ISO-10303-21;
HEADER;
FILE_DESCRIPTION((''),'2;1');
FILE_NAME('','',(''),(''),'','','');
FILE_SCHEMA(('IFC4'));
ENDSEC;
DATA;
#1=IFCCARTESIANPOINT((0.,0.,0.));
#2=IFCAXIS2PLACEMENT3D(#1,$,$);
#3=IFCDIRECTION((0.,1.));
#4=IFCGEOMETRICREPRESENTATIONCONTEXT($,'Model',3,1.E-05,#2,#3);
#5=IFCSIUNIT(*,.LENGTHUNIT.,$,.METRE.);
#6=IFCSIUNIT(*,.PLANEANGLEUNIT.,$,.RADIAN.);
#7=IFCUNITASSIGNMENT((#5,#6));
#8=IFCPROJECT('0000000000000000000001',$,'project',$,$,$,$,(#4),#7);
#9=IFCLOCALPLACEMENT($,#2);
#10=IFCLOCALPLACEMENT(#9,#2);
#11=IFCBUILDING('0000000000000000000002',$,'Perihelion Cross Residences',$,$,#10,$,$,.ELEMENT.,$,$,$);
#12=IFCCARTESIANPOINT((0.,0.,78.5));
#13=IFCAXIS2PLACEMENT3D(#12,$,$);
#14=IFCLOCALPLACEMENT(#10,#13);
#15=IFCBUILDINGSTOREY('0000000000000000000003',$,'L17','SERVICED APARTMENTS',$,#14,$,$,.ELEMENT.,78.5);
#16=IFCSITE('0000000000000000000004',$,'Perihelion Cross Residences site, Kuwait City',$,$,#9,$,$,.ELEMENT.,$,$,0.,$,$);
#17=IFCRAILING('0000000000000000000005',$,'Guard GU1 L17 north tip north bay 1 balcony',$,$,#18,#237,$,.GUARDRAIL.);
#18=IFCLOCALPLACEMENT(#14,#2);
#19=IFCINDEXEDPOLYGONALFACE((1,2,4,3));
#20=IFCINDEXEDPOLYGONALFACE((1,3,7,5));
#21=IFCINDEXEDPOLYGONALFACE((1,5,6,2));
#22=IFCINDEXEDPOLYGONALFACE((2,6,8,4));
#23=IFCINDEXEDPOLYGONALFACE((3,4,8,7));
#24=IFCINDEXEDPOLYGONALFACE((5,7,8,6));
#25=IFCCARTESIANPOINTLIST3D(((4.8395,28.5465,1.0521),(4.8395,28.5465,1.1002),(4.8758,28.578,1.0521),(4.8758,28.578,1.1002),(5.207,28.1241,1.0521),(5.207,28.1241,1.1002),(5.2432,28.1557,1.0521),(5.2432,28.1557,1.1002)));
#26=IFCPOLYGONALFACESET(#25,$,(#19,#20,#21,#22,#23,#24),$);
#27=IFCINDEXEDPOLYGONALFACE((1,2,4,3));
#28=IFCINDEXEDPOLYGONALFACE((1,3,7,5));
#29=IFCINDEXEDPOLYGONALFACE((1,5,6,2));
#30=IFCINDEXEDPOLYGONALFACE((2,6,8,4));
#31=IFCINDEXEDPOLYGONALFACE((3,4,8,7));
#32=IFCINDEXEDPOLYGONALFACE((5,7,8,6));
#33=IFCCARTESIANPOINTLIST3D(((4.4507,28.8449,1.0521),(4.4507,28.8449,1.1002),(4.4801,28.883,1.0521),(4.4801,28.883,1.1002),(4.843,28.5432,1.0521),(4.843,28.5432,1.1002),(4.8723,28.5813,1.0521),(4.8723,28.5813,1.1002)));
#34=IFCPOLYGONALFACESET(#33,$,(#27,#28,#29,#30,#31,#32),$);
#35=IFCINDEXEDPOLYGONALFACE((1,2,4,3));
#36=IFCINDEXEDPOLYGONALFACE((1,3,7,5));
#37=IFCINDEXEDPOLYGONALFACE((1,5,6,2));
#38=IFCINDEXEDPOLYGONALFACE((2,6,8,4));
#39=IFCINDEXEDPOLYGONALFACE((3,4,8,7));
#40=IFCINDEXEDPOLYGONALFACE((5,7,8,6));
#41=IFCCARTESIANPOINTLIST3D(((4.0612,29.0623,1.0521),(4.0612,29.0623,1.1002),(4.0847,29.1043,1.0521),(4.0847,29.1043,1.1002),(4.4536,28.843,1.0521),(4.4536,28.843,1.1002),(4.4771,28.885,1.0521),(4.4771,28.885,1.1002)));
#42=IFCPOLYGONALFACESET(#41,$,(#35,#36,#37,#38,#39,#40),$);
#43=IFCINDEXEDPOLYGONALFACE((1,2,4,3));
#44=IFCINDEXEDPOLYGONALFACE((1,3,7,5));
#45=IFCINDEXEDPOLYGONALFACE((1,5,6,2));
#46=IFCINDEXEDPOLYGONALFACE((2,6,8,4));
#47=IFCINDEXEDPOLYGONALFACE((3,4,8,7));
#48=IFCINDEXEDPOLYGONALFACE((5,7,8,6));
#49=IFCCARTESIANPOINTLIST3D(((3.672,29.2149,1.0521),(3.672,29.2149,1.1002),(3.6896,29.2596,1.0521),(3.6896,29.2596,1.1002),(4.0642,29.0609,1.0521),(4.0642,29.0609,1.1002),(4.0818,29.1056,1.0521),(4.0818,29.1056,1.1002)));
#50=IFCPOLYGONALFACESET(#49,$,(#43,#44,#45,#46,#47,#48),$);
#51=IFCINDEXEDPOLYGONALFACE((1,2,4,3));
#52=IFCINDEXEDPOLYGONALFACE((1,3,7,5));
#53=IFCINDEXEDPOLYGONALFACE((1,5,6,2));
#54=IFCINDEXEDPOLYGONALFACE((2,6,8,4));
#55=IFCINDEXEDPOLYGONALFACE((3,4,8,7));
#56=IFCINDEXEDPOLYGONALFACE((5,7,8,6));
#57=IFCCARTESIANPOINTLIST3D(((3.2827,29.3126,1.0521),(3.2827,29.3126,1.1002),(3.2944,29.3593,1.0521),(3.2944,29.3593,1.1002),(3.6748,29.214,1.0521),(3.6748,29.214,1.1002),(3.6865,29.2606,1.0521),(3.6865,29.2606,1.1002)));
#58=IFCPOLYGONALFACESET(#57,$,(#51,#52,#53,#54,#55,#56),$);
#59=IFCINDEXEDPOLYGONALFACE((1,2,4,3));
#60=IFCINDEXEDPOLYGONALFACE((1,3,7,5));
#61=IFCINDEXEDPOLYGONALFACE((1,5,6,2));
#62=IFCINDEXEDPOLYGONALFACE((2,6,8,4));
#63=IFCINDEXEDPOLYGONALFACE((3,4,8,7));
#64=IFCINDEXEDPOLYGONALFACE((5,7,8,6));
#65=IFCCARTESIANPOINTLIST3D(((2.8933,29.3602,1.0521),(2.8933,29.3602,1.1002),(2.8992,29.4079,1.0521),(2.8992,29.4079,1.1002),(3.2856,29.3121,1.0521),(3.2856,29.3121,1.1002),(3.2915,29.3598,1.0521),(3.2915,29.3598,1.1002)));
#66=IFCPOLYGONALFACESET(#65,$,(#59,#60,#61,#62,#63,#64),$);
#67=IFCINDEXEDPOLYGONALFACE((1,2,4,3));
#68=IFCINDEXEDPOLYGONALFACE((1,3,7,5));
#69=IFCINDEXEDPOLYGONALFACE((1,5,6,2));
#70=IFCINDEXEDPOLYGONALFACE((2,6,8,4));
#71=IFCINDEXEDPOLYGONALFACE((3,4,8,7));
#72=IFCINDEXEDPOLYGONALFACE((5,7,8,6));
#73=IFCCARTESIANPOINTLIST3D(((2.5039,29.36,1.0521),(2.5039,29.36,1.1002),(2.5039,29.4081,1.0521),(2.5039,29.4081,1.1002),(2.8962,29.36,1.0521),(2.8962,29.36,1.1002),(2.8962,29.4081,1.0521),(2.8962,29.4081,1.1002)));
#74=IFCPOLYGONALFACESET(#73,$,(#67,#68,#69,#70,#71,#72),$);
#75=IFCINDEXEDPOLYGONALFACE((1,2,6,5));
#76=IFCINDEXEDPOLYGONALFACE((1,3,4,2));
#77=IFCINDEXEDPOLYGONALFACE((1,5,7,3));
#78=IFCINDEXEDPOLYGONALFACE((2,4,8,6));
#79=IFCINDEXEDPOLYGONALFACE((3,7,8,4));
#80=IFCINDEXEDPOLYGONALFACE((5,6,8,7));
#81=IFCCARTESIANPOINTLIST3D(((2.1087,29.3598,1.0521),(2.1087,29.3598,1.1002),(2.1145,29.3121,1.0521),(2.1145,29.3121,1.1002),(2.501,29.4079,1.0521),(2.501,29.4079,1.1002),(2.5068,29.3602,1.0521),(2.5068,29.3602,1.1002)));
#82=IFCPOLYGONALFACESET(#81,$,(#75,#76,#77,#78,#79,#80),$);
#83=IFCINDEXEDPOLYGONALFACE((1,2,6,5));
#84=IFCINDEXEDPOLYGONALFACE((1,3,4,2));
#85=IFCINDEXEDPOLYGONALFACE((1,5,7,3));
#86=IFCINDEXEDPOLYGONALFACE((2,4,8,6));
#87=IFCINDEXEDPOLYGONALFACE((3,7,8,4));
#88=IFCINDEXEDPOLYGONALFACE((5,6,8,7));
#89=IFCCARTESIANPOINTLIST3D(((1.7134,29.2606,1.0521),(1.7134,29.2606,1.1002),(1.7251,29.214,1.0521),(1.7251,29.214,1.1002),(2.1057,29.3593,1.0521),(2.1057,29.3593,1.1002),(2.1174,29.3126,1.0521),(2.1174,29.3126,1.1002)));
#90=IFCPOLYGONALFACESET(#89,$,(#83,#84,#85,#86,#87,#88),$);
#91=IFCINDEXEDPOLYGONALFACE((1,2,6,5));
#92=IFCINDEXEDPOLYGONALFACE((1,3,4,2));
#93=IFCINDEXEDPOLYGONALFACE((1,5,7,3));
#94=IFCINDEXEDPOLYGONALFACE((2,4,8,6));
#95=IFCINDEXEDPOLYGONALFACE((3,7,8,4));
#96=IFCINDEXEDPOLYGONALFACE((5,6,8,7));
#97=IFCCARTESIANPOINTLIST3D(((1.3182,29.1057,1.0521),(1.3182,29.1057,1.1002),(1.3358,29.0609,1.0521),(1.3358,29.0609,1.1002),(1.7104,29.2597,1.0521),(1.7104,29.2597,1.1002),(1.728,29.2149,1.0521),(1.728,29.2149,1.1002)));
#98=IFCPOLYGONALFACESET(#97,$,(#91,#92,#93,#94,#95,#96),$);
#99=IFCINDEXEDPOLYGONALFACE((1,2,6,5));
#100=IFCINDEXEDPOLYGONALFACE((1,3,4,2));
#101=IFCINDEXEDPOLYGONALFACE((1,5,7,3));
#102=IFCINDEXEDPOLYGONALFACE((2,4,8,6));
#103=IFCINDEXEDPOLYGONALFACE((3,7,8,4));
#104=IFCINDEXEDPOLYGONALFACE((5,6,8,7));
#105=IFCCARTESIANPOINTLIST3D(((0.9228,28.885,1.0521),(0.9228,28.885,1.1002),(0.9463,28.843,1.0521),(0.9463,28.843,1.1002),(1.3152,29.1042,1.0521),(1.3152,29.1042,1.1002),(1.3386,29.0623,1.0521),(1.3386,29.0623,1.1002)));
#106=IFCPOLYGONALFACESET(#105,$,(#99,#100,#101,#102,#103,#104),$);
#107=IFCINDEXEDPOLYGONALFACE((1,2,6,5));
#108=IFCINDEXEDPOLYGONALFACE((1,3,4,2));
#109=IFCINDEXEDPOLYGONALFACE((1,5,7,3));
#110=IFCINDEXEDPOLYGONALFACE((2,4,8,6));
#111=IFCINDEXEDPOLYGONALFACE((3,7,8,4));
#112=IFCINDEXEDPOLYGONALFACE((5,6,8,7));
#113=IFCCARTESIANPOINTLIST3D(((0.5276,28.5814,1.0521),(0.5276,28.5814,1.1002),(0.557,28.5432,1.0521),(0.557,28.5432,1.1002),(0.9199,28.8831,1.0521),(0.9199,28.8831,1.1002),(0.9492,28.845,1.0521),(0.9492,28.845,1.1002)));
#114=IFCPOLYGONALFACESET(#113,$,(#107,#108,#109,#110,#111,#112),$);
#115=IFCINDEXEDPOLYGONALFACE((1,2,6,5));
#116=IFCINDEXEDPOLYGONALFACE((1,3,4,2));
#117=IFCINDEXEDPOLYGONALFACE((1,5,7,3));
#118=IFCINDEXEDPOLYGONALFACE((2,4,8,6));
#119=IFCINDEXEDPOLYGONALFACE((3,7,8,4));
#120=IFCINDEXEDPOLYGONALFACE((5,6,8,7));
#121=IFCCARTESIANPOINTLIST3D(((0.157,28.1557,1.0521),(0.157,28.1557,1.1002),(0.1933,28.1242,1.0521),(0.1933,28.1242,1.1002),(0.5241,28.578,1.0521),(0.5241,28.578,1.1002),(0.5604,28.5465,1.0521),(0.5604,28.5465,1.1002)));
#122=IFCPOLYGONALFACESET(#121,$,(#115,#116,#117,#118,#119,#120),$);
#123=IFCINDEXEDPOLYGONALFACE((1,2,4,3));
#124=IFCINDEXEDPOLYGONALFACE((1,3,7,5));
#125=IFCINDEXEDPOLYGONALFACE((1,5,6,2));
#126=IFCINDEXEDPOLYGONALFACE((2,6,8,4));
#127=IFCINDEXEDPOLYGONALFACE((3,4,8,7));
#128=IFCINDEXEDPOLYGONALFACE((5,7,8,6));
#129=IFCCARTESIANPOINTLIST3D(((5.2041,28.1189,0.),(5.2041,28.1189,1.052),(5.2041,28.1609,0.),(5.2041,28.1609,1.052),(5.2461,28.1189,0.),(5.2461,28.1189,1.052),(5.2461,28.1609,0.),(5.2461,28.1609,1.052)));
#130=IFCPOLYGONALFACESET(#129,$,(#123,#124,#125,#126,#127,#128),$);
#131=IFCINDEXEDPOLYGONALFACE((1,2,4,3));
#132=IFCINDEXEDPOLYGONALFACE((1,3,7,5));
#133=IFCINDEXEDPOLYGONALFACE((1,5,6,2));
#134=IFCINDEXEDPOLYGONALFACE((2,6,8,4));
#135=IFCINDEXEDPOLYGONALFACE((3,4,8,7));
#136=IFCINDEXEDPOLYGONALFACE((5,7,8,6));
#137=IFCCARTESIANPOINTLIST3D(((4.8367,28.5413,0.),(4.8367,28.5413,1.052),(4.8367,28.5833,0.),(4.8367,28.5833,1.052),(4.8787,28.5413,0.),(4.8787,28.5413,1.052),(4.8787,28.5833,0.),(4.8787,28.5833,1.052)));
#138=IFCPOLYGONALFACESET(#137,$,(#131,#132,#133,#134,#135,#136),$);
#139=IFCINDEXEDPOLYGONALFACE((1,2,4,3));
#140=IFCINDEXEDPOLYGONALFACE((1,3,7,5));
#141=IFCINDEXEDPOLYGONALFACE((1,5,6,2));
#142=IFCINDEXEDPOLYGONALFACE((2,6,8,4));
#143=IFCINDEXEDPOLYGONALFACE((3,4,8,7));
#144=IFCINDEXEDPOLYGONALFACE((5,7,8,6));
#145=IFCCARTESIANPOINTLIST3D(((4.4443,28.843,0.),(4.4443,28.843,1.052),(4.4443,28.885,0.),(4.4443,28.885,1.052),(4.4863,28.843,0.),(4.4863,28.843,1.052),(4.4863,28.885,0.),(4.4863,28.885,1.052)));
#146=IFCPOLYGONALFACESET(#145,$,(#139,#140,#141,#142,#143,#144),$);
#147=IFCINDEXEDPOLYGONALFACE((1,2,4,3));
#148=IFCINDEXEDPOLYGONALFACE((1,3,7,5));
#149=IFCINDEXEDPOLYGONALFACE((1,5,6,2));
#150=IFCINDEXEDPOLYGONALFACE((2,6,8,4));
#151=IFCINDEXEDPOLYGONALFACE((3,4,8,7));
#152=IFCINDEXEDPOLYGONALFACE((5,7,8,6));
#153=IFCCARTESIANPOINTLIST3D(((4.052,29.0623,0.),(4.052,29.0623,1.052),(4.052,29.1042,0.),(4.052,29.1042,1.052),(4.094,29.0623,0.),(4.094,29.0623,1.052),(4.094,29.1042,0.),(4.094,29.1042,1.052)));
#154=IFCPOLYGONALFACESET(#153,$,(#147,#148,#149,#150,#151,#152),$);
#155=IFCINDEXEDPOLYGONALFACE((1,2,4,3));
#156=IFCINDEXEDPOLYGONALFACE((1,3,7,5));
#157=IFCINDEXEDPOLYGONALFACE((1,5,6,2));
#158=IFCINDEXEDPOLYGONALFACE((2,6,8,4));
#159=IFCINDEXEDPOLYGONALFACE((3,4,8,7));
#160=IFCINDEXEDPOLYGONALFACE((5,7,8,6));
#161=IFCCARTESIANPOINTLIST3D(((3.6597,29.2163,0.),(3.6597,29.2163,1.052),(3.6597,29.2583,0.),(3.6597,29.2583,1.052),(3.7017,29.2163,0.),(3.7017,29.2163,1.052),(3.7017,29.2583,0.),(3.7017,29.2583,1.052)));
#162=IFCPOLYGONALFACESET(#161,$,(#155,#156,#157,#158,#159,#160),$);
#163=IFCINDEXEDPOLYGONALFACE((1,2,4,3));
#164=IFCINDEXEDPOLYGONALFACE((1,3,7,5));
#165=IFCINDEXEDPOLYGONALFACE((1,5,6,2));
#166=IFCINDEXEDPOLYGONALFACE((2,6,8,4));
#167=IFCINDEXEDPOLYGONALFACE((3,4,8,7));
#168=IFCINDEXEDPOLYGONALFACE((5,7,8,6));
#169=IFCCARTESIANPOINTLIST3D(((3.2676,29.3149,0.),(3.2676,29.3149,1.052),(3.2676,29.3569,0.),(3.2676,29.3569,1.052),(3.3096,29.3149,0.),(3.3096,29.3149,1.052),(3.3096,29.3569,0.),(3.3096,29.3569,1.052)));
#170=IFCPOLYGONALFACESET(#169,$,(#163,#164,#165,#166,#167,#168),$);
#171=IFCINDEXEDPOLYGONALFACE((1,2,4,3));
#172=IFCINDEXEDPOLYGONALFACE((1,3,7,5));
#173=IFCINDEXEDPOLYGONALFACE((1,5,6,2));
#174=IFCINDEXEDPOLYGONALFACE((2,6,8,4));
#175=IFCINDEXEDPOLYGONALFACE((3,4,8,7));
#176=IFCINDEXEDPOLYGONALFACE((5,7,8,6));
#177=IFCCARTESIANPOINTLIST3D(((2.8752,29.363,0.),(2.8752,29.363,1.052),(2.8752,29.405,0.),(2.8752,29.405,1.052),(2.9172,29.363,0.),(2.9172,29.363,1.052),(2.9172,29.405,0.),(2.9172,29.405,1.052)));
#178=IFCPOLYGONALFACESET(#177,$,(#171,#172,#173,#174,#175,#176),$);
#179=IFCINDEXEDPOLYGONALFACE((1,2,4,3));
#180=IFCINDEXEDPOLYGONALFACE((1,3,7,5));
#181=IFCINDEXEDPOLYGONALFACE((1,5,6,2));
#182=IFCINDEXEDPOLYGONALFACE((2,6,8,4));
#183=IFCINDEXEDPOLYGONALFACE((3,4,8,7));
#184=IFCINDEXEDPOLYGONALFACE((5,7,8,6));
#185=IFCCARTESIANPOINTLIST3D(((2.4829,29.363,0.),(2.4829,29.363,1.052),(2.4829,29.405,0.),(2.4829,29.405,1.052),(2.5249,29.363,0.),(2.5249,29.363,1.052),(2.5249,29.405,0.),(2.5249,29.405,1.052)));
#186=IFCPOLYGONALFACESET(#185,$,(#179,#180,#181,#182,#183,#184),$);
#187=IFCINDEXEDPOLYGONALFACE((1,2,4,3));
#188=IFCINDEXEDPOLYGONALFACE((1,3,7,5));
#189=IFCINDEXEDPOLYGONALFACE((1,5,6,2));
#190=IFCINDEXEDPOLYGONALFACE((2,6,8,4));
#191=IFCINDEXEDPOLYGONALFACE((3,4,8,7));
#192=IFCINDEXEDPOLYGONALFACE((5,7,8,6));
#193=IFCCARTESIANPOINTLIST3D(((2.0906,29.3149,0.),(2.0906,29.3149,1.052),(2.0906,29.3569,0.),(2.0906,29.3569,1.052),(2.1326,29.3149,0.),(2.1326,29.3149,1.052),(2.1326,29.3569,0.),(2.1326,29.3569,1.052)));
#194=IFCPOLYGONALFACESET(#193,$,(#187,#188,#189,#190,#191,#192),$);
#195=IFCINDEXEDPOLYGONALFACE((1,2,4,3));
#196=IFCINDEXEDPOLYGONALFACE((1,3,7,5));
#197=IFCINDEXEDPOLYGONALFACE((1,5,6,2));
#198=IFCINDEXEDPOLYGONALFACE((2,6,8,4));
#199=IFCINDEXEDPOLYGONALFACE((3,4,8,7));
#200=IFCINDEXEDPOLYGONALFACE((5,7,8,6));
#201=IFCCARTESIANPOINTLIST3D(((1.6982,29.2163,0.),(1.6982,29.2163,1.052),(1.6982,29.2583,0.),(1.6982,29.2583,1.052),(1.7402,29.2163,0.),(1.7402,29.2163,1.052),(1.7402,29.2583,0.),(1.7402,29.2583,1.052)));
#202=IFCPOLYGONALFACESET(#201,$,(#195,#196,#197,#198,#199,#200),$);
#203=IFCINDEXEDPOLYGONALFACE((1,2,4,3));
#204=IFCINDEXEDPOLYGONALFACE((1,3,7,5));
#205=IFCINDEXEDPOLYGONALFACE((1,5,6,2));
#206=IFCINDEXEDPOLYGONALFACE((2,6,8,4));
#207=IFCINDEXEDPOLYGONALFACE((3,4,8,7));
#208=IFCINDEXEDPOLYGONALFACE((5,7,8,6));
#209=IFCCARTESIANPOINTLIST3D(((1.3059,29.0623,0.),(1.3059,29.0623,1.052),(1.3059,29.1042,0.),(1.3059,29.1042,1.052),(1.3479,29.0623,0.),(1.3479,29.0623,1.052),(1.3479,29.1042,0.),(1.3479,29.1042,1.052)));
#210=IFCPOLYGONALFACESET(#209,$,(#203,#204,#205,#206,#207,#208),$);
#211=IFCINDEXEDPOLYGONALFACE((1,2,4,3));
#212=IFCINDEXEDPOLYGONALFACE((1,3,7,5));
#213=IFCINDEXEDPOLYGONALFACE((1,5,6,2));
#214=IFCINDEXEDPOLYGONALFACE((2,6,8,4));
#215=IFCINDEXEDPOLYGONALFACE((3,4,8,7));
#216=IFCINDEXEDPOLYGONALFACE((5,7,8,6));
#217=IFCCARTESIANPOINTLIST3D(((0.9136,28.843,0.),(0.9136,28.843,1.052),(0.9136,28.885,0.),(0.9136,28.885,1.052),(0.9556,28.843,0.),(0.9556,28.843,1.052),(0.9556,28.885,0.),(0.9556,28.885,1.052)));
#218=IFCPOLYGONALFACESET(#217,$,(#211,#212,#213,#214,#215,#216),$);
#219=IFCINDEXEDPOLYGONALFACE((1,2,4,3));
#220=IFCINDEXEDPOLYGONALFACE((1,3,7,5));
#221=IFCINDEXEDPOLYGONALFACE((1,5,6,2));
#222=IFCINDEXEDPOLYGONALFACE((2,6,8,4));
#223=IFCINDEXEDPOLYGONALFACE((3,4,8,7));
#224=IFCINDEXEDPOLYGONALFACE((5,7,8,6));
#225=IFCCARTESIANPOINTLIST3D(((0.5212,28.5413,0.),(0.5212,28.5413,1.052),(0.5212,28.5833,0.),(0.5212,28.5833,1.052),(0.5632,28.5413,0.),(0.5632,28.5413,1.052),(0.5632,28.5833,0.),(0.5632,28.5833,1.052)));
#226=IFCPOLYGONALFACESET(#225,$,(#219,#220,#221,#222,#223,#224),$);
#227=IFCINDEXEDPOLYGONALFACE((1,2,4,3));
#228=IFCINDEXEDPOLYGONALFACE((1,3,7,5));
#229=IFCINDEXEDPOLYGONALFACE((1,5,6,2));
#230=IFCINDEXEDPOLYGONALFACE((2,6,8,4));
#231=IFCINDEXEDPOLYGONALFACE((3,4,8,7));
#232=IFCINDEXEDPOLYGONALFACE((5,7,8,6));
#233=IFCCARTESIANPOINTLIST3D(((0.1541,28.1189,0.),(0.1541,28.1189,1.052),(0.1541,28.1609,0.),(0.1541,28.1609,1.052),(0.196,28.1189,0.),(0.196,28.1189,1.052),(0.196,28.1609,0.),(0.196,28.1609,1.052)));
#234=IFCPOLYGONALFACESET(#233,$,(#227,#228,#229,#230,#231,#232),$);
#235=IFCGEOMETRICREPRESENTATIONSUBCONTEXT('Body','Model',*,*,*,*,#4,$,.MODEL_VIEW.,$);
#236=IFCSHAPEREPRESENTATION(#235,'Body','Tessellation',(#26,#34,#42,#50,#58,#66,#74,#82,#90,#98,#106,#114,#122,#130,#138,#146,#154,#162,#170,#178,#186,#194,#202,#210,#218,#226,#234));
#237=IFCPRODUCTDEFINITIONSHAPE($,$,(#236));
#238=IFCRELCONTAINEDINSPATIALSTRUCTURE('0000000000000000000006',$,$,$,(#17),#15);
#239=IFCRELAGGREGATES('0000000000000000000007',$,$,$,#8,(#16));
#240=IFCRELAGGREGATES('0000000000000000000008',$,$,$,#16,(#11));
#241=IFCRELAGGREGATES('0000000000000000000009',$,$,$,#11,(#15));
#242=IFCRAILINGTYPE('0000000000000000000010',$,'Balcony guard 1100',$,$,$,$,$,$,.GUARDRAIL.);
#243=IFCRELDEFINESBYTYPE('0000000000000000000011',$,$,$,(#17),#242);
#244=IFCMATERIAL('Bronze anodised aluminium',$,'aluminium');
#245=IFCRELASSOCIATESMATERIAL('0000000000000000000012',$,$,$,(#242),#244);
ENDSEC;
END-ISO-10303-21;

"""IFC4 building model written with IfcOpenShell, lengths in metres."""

from ifc_helpers import new_model, si_unit, direction, frame, origin, origin_2d, place, context, subcontext, project, spatial, rectangle, extrude, material, type_object, element, save


model = new_model("IFC4")

# Units and contexts
model_context = context("Model", 3, precision=1e-05, world=origin(), true_north=direction((0.0, 1.0)))
body_context = subcontext(model_context, "Body", "Model", "MODEL_VIEW")
ifc_project = project(units=[si_unit("LENGTHUNIT", "METRE"), si_unit("PLANEANGLEUNIT", "RADIAN")], contexts=[model_context])

# Site, building, storey
site_placement = place(None, origin())
site = spatial("IfcSite", under=ifc_project, at=site_placement, Name="Perihelion Cross Residences site, Kuwait City", CompositionType="ELEMENT", RefElevation=0.0)
building_placement = place(site_placement, origin())
building = spatial("IfcBuilding", under=site, at=building_placement, Name="Perihelion Cross Residences", CompositionType="ELEMENT")
storey_placement = place(building_placement, frame((0.0, 0.0, 78.5)))
storey = spatial("IfcBuildingStorey", under=building, at=storey_placement, Name="L17", Description="SERVICED APARTMENTS", CompositionType="ELEMENT", Elevation=78.5)

# Railing
ifc_material_1 = material(Name="Bronze anodised aluminium", Category="aluminium")
railing_type = type_object("IfcRailingType", Name="Balcony guard 1100", PredefinedType="GUARDRAIL", material=ifc_material_1)
railing_placement = place(storey_placement, frame((5.2251, 28.1399, 0.0)))
element("IfcRailing", 1, at=railing_placement, inside=storey, type_object=railing_type, Name="Guard GU1 L17 north tip north bay 1 balcony", PredefinedType="GUARDRAIL", context=body_context, shape_type="SweptSolid", body=[
    extrude(rectangle(XDim=0.0481, YDim=0.0481, at=origin_2d()), frame((0.0, 0.0, 1.0762), z_axis=(-0.656341, 0.754465, 0.0), x_axis=(-0.754465, -0.656341, 0.0)), (0.0, 0.0, 1.0), 0.5598),
    extrude(rectangle(XDim=0.0481, YDim=0.0481, at=origin_2d()), frame((-0.3674, 0.4224, 1.0762), z_axis=(-0.792661, 0.609663, 0.0), x_axis=(-0.609663, -0.792661, 0.0)), (0.0, 0.0, 1.0), 0.4949),
    extrude(rectangle(XDim=0.0481, YDim=0.0481, at=origin_2d()), frame((-0.7598, 0.7241, 1.0762), z_axis=(-0.87295, 0.487809, 0.0), x_axis=(-0.487809, -0.87295, 0.0)), (0.0, 0.0, 1.0), 0.4495),
    extrude(rectangle(XDim=0.0481, YDim=0.0481, at=origin_2d()), frame((-1.1521, 0.9434, 1.0762), z_axis=(-0.930815, 0.365491, 0.0), x_axis=(-0.365491, -0.930815, 0.0)), (0.0, 0.0, 1.0), 0.4214),
    extrude(rectangle(XDim=0.0481, YDim=0.0481, at=origin_2d()), frame((-1.5444, 1.0974, 1.0762), z_axis=(-0.969786, 0.243956, 0.0), x_axis=(-0.243956, -0.969786, 0.0)), (0.0, 0.0, 1.0), 0.4043),
    extrude(rectangle(XDim=0.0481, YDim=0.0481, at=origin_2d()), frame((-1.9365, 1.196, 1.0762), z_axis=(-0.99257, 0.121678, 0.0), x_axis=(-0.121678, -0.99257, 0.0)), (0.0, 0.0, 1.0), 0.3953),
    extrude(rectangle(XDim=0.0481, YDim=0.0481, at=origin_2d()), frame((-2.3289, 1.2441, 1.0762), z_axis=(-1.0, 0.0, 0.0), x_axis=(0.0, -1.0, 0.0)), (0.0, 0.0, 1.0), 0.3923),
    extrude(rectangle(XDim=0.0481, YDim=0.0481, at=origin_2d()), frame((-2.7212, 1.2441, 1.0762), z_axis=(-0.99257, -0.121678, 0.0), x_axis=(0.121678, -0.99257, 0.0)), (0.0, 0.0, 1.0), 0.3953),
    extrude(rectangle(XDim=0.0481, YDim=0.0481, at=origin_2d()), frame((-3.1135, 1.196, 1.0762), z_axis=(-0.969822, -0.243813, 0.0), x_axis=(0.243813, -0.969822, 0.0)), (0.0, 0.0, 1.0), 0.4045),
    extrude(rectangle(XDim=0.0481, YDim=0.0481, at=origin_2d()), frame((-3.5059, 1.0974, 1.0762), z_axis=(-0.930815, -0.365491, 0.0), x_axis=(0.365491, -0.930815, 0.0)), (0.0, 0.0, 1.0), 0.4214),
    extrude(rectangle(XDim=0.0481, YDim=0.0481, at=origin_2d()), frame((-3.8982, 0.9434, 1.0762), z_axis=(-0.87295, -0.487809, 0.0), x_axis=(0.487809, -0.87295, 0.0)), (0.0, 0.0, 1.0), 0.4495),
    extrude(rectangle(XDim=0.0481, YDim=0.0481, at=origin_2d()), frame((-4.2905, 0.7241, 1.0762), z_axis=(-0.792661, -0.609663, 0.0), x_axis=(0.609663, -0.792661, 0.0)), (0.0, 0.0, 1.0), 0.4949),
    extrude(rectangle(XDim=0.0481, YDim=0.0481, at=origin_2d()), frame((-4.6829, 0.4224, 1.0762), z_axis=(-0.656092, -0.754681, 0.0), x_axis=(0.754681, -0.656092, 0.0)), (0.0, 0.0, 1.0), 0.5596),
    extrude(rectangle(XDim=0.042, YDim=0.042, at=origin_2d()), origin(), (0.0, 0.0, 1.0), 1.052),
    extrude(rectangle(XDim=0.042, YDim=0.042, at=origin_2d()), frame((-0.3674, 0.4224, 0.0)), (0.0, 0.0, 1.0), 1.052),
    extrude(rectangle(XDim=0.042, YDim=0.042, at=origin_2d()), frame((-0.7598, 0.7241, 0.0)), (0.0, 0.0, 1.0), 1.052),
    extrude(rectangle(XDim=0.042, YDim=0.042, at=origin_2d()), frame((-1.1521, 0.9434, 0.0)), (0.0, 0.0, 1.0), 1.052),
    extrude(rectangle(XDim=0.042, YDim=0.042, at=origin_2d()), frame((-1.5444, 1.0974, 0.0)), (0.0, 0.0, 1.0), 1.052),
    extrude(rectangle(XDim=0.042, YDim=0.042, at=origin_2d()), frame((-1.9365, 1.196, 0.0)), (0.0, 0.0, 1.0), 1.052),
    extrude(rectangle(XDim=0.042, YDim=0.042, at=origin_2d()), frame((-2.3289, 1.2441, 0.0)), (0.0, 0.0, 1.0), 1.052),
    extrude(rectangle(XDim=0.042, YDim=0.042, at=origin_2d()), frame((-2.7212, 1.2441, 0.0)), (0.0, 0.0, 1.0), 1.052),
    extrude(rectangle(XDim=0.042, YDim=0.042, at=origin_2d()), frame((-3.1135, 1.196, 0.0)), (0.0, 0.0, 1.0), 1.052),
    extrude(rectangle(XDim=0.042, YDim=0.042, at=origin_2d()), frame((-3.5059, 1.0974, 0.0)), (0.0, 0.0, 1.0), 1.052),
    extrude(rectangle(XDim=0.042, YDim=0.042, at=origin_2d()), frame((-3.8982, 0.9434, 0.0)), (0.0, 0.0, 1.0), 1.052),
    extrude(rectangle(XDim=0.042, YDim=0.042, at=origin_2d()), frame((-4.2905, 0.7241, 0.0)), (0.0, 0.0, 1.0), 1.052),
    extrude(rectangle(XDim=0.042, YDim=0.042, at=origin_2d()), frame((-4.6829, 0.4224, 0.0)), (0.0, 0.0, 1.0), 1.052),
    extrude(rectangle(XDim=0.042, YDim=0.042, at=origin_2d()), frame((-5.05, 0.0, 0.0)), (0.0, 0.0, 1.0), 1.052),
])

save(model, "model.ifc")
